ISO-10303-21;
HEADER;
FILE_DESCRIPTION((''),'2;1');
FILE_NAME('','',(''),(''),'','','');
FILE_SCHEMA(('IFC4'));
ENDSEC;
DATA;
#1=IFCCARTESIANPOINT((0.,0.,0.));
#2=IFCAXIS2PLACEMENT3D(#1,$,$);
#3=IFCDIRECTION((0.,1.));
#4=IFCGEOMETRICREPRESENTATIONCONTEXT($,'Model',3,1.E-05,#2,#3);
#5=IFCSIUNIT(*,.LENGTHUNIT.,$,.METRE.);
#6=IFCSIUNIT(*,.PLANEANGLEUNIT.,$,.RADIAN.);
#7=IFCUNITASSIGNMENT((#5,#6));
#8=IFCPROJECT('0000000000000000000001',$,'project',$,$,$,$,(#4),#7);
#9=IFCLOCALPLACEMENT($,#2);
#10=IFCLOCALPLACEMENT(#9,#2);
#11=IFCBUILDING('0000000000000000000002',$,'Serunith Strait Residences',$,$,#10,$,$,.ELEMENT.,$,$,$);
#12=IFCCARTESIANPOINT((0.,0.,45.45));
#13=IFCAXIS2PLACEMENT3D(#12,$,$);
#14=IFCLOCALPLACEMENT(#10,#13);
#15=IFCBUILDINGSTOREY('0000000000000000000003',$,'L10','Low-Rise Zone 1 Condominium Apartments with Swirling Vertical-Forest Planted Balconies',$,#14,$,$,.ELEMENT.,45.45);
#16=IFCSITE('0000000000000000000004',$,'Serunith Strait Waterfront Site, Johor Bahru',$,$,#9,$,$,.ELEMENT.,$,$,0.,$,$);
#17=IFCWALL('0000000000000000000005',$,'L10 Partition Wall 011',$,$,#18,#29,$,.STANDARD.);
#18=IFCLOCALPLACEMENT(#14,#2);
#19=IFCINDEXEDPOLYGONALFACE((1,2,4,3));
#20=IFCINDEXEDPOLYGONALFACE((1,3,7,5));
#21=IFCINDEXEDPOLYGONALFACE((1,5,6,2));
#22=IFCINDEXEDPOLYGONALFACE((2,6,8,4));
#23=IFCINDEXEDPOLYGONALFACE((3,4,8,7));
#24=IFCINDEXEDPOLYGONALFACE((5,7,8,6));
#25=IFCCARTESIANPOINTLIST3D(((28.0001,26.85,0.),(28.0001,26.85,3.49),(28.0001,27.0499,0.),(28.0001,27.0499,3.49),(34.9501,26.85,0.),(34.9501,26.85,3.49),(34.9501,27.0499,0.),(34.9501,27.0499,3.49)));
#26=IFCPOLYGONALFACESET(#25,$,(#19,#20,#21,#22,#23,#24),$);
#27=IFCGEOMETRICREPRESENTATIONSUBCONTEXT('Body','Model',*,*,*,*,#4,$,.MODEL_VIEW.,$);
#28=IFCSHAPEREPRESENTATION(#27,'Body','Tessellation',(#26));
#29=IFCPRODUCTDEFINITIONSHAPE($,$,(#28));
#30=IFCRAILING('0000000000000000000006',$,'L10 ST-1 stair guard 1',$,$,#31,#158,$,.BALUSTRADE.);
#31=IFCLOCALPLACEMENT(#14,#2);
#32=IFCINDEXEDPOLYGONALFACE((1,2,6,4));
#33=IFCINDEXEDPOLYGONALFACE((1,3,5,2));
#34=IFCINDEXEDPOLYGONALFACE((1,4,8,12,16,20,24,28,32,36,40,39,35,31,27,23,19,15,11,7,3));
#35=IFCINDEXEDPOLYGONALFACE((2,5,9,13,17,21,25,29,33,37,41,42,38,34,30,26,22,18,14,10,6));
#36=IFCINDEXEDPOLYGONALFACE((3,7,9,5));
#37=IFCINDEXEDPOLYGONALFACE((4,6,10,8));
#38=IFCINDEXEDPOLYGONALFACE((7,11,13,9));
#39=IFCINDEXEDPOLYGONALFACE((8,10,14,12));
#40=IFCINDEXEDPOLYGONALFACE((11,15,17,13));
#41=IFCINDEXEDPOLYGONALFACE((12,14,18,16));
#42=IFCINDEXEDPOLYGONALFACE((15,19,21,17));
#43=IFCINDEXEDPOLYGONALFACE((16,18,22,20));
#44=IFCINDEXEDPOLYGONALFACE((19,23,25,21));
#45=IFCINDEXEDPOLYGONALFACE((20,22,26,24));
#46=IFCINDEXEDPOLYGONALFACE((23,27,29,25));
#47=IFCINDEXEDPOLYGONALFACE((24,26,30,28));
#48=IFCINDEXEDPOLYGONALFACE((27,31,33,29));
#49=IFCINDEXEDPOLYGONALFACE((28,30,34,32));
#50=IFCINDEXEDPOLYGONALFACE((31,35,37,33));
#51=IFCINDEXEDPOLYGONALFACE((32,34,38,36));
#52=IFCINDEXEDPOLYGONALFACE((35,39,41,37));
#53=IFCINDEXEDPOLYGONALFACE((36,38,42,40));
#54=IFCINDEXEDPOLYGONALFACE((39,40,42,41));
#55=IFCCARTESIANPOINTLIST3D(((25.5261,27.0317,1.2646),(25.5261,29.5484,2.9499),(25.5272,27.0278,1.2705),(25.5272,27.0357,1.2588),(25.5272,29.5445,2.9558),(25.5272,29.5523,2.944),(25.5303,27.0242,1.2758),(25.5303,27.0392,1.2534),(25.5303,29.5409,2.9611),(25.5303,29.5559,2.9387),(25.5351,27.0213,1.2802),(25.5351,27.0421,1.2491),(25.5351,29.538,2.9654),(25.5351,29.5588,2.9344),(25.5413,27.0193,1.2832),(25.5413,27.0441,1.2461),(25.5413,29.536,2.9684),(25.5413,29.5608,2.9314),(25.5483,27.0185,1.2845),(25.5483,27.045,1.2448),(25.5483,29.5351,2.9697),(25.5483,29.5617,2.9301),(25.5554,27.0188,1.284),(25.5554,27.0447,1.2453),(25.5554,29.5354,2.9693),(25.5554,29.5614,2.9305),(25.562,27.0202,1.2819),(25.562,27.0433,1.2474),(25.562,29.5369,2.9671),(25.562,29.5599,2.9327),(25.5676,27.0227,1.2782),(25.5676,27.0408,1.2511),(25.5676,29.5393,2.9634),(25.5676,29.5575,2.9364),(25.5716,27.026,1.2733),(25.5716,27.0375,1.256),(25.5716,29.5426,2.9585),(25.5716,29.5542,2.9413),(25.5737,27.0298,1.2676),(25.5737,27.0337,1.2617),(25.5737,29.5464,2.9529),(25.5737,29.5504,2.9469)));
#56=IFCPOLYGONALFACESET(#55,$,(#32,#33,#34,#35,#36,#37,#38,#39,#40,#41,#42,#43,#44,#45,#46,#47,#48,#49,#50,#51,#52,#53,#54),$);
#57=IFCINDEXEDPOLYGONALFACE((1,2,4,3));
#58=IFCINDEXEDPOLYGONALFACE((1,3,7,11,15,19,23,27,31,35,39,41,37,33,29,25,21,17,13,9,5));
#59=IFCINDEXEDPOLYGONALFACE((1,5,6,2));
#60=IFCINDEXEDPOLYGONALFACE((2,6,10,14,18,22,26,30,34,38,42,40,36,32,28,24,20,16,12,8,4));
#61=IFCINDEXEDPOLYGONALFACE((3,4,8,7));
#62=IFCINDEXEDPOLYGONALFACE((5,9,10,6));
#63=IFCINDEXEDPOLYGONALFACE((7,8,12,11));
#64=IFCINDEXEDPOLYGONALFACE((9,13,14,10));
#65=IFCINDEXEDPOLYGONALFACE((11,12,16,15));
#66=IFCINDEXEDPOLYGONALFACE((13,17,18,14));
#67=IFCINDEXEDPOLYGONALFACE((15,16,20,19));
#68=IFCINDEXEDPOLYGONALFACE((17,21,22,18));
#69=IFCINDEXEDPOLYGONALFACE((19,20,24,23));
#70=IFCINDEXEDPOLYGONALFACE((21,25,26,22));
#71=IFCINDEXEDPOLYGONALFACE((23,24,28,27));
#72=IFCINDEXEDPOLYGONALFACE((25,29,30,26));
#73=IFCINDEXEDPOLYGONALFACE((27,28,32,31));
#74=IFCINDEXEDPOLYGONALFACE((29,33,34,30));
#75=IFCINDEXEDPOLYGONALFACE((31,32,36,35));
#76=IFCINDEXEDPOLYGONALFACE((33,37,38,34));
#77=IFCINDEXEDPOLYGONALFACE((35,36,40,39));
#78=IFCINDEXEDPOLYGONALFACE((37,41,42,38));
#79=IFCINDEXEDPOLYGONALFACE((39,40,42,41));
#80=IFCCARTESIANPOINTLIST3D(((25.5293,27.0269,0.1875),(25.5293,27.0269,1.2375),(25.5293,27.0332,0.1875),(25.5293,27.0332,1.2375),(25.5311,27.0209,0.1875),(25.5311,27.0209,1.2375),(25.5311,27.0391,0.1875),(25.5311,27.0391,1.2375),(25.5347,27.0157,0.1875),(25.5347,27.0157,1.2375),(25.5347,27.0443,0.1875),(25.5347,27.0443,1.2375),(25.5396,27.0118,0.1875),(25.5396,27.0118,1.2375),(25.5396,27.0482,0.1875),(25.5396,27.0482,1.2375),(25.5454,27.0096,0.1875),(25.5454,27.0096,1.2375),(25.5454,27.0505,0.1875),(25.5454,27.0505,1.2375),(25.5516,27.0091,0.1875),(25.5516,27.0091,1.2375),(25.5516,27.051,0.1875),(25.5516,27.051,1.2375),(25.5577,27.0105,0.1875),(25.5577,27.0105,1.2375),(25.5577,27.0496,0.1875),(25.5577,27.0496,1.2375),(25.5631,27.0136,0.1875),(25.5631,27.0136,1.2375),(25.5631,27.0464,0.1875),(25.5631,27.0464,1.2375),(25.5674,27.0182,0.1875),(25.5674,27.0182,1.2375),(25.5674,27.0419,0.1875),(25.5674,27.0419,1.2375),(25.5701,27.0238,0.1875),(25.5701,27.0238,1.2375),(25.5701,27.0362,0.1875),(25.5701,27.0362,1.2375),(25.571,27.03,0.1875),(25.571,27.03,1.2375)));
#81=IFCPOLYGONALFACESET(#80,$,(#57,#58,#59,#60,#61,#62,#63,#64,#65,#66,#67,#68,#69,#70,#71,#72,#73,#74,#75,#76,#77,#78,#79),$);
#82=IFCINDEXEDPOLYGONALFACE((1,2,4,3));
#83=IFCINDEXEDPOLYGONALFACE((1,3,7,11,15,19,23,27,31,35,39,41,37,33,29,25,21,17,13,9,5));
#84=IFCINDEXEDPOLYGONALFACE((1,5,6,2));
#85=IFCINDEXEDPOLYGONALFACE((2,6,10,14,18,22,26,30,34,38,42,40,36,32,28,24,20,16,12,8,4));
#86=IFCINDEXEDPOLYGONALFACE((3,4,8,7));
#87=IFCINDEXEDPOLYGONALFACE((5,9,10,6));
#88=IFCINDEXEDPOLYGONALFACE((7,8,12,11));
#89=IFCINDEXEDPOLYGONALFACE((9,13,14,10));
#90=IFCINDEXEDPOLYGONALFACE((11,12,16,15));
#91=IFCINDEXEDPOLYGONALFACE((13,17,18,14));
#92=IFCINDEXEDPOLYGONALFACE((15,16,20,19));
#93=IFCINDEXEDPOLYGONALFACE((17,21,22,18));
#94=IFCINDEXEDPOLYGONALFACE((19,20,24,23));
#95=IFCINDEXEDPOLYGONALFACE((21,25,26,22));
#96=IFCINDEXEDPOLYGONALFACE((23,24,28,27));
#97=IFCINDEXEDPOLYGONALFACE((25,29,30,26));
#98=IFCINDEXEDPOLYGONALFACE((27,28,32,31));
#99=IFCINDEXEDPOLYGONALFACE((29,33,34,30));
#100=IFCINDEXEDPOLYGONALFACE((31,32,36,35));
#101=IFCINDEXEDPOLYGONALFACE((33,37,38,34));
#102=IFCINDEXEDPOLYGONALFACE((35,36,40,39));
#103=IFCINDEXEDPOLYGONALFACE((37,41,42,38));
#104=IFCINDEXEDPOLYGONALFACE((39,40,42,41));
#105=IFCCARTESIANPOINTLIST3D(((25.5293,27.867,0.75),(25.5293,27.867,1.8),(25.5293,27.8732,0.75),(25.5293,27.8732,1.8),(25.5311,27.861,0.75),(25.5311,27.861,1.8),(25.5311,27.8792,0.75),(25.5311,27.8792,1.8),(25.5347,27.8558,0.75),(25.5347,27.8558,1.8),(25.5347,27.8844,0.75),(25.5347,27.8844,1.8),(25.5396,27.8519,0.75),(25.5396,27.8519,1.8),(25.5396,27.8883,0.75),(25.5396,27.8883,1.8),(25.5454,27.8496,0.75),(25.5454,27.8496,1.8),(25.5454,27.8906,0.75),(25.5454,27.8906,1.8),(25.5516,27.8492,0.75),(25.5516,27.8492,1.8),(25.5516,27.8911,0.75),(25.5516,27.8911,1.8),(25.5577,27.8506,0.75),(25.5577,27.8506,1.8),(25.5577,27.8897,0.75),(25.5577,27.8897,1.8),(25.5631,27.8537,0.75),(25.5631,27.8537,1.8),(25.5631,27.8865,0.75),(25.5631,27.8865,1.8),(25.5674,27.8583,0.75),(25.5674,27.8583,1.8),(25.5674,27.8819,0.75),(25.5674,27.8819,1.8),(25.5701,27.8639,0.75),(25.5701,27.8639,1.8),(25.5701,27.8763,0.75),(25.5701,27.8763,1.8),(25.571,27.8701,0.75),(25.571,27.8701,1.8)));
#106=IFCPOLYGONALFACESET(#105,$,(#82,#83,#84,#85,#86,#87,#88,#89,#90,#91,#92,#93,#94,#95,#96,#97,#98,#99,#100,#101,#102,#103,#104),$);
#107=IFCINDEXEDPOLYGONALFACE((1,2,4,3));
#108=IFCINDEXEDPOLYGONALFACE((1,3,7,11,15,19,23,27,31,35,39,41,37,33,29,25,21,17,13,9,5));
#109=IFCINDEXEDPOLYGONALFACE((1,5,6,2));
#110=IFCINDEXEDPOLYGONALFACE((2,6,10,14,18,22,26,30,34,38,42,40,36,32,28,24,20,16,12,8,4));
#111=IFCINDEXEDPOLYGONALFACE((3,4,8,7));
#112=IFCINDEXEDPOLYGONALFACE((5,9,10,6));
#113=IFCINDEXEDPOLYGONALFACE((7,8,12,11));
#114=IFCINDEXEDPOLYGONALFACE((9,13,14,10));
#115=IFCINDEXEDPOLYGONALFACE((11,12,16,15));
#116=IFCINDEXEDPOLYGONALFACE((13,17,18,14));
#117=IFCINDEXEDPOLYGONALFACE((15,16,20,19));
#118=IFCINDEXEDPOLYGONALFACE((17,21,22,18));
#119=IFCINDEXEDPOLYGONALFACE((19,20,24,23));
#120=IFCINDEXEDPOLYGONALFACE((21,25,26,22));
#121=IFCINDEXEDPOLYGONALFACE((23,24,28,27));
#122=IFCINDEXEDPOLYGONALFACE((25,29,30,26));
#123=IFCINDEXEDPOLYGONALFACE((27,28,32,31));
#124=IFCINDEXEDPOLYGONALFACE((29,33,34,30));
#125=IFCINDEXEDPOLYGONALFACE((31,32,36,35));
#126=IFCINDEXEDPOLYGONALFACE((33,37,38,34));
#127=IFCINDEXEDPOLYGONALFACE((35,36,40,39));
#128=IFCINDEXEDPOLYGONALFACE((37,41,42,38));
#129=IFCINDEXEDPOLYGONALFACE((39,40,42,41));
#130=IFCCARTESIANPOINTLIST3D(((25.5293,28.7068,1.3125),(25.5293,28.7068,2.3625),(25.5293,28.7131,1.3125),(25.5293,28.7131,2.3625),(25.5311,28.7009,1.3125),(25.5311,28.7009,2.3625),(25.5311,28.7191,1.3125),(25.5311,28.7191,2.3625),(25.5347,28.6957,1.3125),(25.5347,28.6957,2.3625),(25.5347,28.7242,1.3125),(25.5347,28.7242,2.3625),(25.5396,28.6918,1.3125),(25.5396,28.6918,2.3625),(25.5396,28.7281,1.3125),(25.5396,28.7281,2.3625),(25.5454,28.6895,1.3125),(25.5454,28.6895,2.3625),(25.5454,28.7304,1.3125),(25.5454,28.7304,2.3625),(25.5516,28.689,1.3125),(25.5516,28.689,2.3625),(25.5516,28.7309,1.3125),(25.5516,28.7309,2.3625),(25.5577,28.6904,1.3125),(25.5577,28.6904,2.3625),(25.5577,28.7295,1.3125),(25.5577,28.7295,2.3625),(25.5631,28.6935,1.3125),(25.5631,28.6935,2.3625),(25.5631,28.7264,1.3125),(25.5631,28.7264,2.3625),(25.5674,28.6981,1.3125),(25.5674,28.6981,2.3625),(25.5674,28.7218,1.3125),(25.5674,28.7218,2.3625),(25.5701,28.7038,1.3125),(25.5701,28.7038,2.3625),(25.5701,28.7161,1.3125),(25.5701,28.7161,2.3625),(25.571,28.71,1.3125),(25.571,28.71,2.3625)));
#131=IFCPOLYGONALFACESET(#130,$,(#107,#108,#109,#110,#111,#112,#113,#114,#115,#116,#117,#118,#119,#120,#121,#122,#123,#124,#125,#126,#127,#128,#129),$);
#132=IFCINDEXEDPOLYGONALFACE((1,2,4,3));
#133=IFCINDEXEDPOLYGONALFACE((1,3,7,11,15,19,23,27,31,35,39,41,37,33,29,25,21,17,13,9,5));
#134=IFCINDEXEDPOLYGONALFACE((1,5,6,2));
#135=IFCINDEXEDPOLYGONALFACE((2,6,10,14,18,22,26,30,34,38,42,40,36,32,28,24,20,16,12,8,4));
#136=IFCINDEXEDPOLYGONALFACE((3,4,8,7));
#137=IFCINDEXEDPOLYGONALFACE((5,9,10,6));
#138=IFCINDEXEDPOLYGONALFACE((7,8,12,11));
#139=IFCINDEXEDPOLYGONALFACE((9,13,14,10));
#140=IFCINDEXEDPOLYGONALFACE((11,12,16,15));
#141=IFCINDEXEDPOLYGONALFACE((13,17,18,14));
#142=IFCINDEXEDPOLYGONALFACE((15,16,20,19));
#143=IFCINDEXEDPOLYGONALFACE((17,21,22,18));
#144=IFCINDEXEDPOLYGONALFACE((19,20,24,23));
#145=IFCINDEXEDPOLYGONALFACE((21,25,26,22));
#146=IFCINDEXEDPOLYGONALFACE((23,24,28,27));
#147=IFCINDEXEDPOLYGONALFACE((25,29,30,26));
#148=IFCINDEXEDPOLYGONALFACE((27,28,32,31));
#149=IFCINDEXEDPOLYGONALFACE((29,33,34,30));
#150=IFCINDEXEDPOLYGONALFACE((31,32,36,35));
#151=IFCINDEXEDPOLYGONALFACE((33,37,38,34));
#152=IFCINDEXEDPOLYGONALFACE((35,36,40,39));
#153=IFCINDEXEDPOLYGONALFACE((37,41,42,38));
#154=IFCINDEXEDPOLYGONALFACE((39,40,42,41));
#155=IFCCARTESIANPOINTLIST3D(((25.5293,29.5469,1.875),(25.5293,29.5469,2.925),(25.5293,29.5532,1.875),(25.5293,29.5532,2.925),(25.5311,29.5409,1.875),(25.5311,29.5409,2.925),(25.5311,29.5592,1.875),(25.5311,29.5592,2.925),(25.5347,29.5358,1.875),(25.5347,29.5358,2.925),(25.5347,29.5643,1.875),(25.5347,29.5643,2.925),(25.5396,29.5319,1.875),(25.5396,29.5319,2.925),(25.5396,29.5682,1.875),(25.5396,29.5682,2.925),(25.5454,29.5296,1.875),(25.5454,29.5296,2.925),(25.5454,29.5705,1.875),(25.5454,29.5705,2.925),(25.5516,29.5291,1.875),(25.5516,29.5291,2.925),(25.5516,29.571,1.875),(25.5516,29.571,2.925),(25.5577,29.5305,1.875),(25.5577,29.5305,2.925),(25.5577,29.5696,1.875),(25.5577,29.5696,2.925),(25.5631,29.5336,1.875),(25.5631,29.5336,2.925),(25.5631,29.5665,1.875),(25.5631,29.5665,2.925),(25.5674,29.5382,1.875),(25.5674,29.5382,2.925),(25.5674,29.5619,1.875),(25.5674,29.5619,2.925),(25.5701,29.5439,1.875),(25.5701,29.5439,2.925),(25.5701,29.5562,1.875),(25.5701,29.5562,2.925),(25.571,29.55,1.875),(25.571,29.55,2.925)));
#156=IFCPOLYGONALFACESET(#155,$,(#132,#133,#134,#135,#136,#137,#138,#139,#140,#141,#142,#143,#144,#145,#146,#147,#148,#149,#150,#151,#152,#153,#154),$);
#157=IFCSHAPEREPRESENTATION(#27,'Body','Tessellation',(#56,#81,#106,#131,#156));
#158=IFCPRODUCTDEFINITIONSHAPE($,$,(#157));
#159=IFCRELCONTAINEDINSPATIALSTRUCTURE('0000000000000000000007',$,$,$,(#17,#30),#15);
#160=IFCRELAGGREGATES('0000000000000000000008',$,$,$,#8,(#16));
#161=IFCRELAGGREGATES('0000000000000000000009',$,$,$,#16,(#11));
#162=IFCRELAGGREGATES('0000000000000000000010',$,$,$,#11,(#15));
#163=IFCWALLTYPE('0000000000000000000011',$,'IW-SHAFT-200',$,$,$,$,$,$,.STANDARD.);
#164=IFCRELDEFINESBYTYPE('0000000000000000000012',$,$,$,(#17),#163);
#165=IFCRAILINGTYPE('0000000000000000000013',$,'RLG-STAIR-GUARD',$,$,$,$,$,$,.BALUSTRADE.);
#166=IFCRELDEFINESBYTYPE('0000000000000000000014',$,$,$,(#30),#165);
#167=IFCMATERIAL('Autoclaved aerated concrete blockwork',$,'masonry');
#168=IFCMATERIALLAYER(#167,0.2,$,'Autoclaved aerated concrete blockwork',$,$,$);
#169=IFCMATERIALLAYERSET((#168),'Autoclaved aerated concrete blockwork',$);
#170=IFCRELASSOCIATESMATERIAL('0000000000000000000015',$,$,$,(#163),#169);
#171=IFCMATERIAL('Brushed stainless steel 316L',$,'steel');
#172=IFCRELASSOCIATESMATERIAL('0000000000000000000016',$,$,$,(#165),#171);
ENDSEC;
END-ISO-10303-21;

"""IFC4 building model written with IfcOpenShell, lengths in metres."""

from ifc_helpers import new_model, si_unit, direction, frame, frame_2d, origin, origin_2d, place, context, subcontext, project, spatial, rectangle, circle, extrude, material, layer, layer_set, type_object, element, save


model = new_model("IFC4")

# Units and contexts
model_context = context("Model", 3, precision=1e-05, world=origin(), true_north=direction((0.0, 1.0)))
body_context = subcontext(model_context, "Body", "Model", "MODEL_VIEW")
ifc_project = project(units=[si_unit("LENGTHUNIT", "METRE"), si_unit("PLANEANGLEUNIT", "RADIAN")], contexts=[model_context])

# Site, building, storey
site_placement = place(None, origin())
site = spatial("IfcSite", under=ifc_project, at=site_placement, Name="Serunith Strait Waterfront Site, Johor Bahru", CompositionType="ELEMENT", RefElevation=0.0)
building_placement = place(site_placement, origin())
building = spatial("IfcBuilding", under=site, at=building_placement, Name="Serunith Strait Residences", CompositionType="ELEMENT")
storey_placement = place(building_placement, frame((0.0, 0.0, 45.45)))
storey = spatial("IfcBuildingStorey", under=building, at=storey_placement, Name="L10", Description="Low-Rise Zone 1 Condominium Apartments with Swirling Vertical-Forest Planted Balconies", CompositionType="ELEMENT", Elevation=45.45)

# Shared definitions
ifc_material_1 = material(Name="Autoclaved aerated concrete blockwork", Category="masonry")
ifc_layer_1 = layer(ifc_material_1, 0.2, Name="Autoclaved aerated concrete blockwork")
ifc_layer_set_1 = layer_set([ifc_layer_1], Name="Autoclaved aerated concrete blockwork")
wall_type_1 = type_object("IfcWallType", Name="IW-SHAFT-200", PredefinedType="STANDARD", material=ifc_layer_set_1)

# Wall
wall_1_placement = place(storey_placement, frame((28.0, 26.95, 0.0), z_axis=(0.0, 0.0, 1.0), x_axis=(1.0, 0.0, 0.0)))
element("IfcWall", 1, at=wall_1_placement, inside=storey, type_object=wall_type_1, Name="L10 Partition Wall 011", PredefinedType="STANDARD", context=body_context, shape_type="SweptSolid", body=[
    extrude(rectangle(XDim=6.95, YDim=0.2, at=frame_2d((3.4751, 0.0))), origin(), (0.0, 0.0, 1.0), 3.49),
])

# Railing
ifc_material_2 = material(Name="Brushed stainless steel 316L", Category="steel")
railing_type_1 = type_object("IfcRailingType", Name="RLG-STAIR-GUARD", PredefinedType="BALUSTRADE", material=ifc_material_2)
railing_1_placement = place(storey_placement, frame((25.55, 27.03, 0.1875)))
element("IfcRailing", 2, at=railing_1_placement, inside=storey, type_object=railing_type_1, Name="L10 ST-1 stair guard 1", PredefinedType="BALUSTRADE", context=body_context, shape_type="SweptSolid", body=[
    extrude(circle(Radius=0.0239, at=origin_2d()), frame((0.0, 0.0017, 1.0771), z_axis=(0.0, 0.830909, 0.556408), x_axis=(-1.0, 0.0, 0.0)), (0.0, 0.0, 1.0), 3.0288),
    extrude(circle(Radius=0.021, at=origin_2d()), origin(), (0.0, 0.0, 1.0), 1.05),
    extrude(circle(Radius=0.021, at=origin_2d()), frame((0.0, 0.8401, 0.5625)), (0.0, 0.0, 1.0), 1.05),
    extrude(circle(Radius=0.021, at=origin_2d()), frame((0.0, 1.6799, 1.125)), (0.0, 0.0, 1.0), 1.05),
    extrude(circle(Radius=0.021, at=origin_2d()), frame((0.0, 2.52, 1.6875)), (0.0, 0.0, 1.0), 1.05),
])

save(model, "model.ifc")
